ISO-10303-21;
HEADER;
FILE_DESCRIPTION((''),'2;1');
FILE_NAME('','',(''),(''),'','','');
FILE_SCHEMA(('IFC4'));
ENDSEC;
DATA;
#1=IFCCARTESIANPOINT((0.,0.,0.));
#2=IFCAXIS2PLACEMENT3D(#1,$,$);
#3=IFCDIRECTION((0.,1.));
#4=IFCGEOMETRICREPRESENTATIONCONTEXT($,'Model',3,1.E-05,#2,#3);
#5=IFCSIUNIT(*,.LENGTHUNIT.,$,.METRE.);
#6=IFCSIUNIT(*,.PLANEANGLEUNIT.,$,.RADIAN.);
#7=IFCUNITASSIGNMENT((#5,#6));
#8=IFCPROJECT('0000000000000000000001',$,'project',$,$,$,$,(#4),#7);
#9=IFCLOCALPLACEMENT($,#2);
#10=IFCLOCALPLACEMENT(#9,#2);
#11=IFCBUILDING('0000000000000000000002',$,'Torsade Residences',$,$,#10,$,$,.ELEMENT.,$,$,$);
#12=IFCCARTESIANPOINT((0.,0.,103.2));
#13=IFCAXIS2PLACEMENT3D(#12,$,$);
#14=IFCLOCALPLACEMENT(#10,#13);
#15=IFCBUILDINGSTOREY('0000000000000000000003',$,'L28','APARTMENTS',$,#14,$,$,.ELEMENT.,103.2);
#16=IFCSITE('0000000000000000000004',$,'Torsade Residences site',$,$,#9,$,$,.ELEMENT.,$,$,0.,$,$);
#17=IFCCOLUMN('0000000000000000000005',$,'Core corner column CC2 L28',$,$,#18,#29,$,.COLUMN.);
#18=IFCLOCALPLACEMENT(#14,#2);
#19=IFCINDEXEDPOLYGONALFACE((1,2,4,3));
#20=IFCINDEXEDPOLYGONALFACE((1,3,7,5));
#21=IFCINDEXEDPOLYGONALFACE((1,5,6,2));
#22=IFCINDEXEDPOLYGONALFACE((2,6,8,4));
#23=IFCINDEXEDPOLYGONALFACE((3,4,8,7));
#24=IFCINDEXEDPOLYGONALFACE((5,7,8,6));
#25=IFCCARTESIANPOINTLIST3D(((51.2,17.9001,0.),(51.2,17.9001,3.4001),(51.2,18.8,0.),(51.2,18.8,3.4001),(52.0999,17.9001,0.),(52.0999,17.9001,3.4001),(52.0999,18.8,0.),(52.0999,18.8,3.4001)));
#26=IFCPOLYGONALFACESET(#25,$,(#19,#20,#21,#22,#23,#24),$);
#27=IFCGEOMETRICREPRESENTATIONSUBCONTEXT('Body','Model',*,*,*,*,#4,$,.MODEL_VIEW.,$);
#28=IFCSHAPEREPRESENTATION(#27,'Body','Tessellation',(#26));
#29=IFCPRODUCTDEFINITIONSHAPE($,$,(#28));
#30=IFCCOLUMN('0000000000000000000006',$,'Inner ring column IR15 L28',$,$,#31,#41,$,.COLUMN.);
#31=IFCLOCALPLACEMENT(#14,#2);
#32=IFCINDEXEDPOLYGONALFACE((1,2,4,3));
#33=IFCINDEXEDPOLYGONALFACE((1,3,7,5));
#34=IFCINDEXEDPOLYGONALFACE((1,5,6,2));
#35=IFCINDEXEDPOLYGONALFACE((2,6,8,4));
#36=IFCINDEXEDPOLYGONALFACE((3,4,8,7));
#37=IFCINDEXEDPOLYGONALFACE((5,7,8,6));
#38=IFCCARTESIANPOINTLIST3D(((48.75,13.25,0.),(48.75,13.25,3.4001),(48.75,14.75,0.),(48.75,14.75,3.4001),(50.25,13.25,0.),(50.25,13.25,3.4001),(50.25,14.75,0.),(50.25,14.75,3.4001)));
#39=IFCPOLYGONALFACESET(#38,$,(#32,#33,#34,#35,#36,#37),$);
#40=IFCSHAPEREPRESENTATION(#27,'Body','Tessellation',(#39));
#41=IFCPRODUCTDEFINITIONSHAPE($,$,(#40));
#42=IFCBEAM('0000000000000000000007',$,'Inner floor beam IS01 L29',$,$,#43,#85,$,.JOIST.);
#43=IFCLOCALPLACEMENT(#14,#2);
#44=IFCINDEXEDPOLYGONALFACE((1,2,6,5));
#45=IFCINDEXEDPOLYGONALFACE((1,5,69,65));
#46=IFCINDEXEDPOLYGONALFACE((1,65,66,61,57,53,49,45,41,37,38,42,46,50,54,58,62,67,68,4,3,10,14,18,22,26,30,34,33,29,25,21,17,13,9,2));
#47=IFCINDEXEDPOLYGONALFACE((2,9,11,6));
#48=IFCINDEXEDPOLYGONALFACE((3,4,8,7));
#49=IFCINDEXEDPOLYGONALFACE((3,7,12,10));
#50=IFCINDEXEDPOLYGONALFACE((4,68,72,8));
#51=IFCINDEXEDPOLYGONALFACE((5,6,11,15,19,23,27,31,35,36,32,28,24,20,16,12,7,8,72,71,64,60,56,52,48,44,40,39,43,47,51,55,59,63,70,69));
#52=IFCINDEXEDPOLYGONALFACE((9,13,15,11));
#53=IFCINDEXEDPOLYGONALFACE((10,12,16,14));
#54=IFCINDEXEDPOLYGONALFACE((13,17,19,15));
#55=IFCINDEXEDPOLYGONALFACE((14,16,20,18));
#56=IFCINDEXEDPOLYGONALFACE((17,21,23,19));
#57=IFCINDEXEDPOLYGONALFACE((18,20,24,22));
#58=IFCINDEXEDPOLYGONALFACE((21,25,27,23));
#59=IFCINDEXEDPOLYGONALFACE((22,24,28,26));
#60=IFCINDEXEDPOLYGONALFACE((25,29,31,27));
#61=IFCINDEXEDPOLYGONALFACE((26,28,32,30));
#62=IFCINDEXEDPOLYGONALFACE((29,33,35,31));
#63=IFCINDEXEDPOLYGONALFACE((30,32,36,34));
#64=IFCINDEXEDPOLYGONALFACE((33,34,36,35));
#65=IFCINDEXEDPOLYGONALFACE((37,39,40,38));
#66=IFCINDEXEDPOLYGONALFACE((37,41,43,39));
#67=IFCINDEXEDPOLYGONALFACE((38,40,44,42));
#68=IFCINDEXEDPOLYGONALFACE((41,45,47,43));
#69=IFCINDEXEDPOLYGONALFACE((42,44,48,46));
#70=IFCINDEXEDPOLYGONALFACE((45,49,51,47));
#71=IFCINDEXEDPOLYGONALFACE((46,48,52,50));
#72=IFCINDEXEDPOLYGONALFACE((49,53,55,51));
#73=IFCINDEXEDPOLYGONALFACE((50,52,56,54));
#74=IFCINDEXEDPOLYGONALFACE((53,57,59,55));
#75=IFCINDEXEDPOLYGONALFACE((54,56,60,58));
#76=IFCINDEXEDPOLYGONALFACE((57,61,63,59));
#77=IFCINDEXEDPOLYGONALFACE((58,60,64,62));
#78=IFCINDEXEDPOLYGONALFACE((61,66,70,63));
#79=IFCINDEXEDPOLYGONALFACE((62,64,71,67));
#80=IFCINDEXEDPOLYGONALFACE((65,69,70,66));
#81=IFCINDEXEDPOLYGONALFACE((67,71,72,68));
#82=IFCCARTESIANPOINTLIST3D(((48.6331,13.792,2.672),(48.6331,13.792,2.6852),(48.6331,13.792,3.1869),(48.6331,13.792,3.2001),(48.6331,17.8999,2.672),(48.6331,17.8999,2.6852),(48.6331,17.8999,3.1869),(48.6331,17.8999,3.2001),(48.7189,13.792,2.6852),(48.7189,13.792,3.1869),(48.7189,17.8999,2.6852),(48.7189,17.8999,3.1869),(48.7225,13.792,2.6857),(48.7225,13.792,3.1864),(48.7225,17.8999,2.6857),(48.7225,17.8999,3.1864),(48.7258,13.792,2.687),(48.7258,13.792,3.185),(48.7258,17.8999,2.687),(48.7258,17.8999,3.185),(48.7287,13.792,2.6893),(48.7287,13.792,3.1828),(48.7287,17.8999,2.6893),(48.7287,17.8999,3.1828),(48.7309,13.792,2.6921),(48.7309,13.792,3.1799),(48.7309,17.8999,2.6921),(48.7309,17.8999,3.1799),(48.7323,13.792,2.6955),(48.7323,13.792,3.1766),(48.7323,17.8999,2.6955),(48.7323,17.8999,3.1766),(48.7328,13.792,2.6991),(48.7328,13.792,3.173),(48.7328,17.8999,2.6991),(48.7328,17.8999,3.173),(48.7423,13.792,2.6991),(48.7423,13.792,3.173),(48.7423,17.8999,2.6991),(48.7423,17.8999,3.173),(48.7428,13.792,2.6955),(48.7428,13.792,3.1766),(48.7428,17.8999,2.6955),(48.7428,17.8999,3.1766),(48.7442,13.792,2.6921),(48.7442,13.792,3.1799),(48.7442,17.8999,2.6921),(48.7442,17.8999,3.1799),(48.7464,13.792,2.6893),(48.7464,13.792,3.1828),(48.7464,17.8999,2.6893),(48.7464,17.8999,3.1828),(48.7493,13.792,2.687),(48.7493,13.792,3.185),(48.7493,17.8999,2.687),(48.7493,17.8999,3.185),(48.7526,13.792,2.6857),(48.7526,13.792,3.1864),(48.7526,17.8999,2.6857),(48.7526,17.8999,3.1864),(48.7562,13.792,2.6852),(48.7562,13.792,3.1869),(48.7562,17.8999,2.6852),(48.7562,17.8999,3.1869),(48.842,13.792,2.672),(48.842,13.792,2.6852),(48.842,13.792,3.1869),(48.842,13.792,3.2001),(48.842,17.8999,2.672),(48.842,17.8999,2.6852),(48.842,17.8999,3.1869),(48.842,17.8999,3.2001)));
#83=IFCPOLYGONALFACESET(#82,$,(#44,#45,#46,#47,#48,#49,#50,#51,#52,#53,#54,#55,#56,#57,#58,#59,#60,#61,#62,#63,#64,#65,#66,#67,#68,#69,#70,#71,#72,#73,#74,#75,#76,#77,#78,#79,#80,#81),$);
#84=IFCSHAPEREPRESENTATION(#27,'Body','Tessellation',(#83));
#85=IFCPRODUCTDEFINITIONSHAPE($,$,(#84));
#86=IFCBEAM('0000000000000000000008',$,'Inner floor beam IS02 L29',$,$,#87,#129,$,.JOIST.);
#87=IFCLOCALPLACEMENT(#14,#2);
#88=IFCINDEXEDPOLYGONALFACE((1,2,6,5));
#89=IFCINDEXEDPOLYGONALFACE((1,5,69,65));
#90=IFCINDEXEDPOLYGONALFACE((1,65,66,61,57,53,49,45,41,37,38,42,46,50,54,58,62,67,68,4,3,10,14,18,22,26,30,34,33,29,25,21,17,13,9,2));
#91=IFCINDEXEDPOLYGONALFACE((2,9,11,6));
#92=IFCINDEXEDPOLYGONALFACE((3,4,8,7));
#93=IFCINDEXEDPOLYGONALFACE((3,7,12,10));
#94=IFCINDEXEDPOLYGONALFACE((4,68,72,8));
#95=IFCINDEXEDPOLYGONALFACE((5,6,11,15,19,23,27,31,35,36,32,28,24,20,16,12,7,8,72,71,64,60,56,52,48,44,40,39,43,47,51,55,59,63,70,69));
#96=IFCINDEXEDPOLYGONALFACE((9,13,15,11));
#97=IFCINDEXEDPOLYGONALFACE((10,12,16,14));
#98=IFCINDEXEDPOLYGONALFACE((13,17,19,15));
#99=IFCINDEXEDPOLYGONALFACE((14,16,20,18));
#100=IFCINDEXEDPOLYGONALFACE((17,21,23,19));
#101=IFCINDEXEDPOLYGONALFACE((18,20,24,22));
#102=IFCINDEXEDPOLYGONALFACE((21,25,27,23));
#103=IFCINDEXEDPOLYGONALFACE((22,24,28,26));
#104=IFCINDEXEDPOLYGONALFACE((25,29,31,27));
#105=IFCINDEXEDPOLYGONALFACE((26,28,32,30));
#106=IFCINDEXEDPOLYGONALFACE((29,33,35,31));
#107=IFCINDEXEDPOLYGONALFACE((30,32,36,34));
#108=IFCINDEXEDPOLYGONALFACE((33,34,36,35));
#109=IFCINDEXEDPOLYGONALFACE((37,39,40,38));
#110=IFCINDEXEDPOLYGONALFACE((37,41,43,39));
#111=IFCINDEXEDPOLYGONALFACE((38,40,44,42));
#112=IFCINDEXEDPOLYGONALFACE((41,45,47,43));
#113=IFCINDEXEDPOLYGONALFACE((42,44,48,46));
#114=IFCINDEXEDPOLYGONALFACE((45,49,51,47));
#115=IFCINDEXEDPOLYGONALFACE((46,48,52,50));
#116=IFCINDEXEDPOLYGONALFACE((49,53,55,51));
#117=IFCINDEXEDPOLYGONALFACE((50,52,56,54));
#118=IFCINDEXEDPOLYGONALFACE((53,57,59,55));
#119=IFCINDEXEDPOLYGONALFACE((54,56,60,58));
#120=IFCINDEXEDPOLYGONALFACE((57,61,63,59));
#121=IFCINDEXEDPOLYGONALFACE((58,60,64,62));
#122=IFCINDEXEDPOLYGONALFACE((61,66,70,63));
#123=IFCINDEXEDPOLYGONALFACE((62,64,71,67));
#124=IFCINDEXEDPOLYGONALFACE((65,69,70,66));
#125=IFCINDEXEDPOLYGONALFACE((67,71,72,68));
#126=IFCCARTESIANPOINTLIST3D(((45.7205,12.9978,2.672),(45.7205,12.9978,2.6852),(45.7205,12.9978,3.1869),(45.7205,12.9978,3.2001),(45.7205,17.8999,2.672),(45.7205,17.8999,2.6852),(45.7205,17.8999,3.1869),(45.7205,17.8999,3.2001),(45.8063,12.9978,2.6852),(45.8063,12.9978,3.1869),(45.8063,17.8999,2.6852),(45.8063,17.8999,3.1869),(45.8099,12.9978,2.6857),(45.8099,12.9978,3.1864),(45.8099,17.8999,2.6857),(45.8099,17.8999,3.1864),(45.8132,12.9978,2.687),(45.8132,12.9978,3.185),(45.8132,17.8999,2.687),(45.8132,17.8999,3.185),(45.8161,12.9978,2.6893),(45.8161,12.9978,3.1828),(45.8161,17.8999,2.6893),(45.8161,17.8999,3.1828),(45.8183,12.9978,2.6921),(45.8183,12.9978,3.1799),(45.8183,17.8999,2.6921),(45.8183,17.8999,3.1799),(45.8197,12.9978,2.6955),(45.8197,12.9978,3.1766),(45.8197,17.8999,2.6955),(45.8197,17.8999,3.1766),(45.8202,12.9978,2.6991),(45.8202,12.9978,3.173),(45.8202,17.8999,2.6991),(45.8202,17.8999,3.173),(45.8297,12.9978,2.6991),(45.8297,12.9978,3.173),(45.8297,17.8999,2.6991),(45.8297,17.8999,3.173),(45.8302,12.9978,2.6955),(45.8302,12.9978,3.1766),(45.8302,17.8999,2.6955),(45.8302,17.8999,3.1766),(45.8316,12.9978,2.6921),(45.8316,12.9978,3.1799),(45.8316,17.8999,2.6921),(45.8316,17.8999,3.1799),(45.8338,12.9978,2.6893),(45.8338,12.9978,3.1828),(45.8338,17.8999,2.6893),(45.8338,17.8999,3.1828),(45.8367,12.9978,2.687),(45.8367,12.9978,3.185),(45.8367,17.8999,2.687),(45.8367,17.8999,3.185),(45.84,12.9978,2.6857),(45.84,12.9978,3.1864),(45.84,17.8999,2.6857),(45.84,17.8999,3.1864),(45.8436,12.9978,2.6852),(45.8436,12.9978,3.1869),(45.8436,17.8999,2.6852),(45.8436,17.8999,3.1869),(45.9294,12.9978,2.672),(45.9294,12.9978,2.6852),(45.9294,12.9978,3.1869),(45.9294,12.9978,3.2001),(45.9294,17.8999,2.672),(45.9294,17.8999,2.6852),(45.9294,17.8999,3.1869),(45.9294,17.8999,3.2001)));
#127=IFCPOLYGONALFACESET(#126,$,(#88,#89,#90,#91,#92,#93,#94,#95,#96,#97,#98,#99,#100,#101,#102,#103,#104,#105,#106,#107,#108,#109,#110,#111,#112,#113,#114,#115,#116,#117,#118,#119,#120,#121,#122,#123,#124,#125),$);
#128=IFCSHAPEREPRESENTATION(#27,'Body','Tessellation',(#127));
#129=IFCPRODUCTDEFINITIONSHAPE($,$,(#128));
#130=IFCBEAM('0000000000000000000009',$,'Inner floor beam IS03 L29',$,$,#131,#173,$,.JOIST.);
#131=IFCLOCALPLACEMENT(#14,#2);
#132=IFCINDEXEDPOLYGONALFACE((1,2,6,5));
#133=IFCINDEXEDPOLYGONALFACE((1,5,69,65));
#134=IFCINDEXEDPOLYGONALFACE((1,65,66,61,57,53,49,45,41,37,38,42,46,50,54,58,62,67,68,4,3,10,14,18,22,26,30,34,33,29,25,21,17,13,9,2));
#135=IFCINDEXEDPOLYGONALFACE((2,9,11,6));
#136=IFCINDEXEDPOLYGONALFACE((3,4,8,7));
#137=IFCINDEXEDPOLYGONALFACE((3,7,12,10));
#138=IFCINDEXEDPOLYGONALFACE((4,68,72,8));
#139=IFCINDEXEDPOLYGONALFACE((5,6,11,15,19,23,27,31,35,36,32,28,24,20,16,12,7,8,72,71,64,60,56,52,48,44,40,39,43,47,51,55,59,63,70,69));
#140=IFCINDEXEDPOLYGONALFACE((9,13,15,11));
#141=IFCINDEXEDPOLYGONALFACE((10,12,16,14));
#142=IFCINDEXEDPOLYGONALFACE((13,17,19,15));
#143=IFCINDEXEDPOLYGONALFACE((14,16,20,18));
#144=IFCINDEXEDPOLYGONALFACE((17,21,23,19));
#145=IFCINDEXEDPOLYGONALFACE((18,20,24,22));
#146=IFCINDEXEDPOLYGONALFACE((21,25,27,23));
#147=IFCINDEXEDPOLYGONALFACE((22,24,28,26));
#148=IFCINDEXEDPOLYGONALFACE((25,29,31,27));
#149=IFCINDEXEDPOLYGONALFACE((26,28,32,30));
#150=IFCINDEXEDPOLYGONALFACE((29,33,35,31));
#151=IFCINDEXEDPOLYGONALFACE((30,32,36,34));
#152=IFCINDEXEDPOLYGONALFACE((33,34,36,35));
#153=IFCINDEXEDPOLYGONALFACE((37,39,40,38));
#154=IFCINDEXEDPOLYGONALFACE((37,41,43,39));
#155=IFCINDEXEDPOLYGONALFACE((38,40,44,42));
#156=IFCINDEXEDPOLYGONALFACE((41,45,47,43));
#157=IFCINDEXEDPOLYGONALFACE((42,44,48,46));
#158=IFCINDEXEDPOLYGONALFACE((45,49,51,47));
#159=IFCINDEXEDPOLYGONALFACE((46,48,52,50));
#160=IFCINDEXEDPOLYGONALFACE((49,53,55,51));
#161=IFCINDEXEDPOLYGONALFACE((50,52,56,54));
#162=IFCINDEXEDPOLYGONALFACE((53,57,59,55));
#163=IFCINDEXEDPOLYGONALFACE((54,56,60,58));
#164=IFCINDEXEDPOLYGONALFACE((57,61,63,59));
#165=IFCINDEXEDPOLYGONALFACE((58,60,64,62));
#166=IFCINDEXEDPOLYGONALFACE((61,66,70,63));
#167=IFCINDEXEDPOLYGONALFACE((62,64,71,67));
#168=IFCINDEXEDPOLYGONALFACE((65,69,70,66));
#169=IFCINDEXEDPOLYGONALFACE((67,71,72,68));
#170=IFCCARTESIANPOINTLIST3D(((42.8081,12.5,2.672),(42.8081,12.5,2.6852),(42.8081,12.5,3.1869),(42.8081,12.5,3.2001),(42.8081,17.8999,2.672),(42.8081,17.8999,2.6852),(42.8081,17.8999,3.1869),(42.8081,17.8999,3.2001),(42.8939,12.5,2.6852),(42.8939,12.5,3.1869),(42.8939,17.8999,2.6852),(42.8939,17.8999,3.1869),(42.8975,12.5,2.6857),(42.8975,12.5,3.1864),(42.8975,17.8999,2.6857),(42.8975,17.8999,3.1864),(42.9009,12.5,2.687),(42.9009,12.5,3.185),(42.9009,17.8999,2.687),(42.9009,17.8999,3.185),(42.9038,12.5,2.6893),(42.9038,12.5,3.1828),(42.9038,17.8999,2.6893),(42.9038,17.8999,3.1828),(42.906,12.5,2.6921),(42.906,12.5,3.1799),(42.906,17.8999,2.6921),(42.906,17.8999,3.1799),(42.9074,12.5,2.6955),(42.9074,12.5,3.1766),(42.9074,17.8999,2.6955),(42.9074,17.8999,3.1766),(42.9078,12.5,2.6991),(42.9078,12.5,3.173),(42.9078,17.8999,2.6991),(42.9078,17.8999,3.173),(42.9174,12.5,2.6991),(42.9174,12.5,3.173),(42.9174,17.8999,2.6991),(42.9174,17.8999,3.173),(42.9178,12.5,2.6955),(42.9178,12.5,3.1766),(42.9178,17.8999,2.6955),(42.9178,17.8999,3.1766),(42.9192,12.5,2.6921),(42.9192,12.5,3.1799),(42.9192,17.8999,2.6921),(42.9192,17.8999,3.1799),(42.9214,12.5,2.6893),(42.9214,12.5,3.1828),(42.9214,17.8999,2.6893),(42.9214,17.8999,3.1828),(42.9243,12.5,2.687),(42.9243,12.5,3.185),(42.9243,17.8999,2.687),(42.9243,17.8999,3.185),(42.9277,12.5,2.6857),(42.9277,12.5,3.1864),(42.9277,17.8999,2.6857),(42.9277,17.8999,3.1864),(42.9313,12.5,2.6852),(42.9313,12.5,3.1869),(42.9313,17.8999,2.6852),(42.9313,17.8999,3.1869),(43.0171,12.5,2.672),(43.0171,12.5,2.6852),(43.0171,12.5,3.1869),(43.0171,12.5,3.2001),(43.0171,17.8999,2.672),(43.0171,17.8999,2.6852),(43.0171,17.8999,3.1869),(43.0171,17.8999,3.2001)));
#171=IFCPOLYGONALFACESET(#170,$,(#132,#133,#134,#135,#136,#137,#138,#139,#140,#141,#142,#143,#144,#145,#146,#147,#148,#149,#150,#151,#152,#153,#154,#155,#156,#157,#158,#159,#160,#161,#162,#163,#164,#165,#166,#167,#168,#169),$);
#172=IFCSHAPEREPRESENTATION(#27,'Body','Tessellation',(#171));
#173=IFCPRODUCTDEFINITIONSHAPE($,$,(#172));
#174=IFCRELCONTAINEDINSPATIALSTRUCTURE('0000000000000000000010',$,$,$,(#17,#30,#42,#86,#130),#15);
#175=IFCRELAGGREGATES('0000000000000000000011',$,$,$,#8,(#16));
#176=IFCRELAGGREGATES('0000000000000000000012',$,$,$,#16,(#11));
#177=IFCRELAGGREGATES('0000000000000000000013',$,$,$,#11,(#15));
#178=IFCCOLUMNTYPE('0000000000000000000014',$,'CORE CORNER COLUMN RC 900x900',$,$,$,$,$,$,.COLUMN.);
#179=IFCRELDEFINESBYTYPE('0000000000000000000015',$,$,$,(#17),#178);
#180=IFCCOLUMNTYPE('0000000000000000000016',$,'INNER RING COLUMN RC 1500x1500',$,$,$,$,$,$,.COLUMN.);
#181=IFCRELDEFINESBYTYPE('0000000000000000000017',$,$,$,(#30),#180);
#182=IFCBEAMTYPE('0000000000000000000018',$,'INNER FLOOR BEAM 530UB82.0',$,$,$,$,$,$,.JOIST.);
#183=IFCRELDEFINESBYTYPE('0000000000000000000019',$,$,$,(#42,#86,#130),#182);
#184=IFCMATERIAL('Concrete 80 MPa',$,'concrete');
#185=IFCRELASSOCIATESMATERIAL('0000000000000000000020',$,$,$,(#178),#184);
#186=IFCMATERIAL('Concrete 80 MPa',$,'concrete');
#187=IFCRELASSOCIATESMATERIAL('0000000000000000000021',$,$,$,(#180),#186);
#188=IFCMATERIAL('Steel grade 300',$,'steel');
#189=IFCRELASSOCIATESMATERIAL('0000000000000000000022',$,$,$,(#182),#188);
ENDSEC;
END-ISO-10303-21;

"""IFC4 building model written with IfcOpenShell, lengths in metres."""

from ifc_helpers import new_model, si_unit, direction, frame, origin, origin_2d, place, context, subcontext, project, spatial, rectangle, i_section, extrude, material, material_profile, profile_set, type_object, element, save


model = new_model("IFC4")

# Units and contexts
model_context = context("Model", 3, precision=1e-05, world=origin(), true_north=direction((0.0, 1.0)))
body_context = subcontext(model_context, "Body", "Model", "MODEL_VIEW")
ifc_project = project(units=[si_unit("LENGTHUNIT", "METRE"), si_unit("PLANEANGLEUNIT", "RADIAN")], contexts=[model_context])

# Site, building, storey
site_placement = place(None, origin())
site = spatial("IfcSite", under=ifc_project, at=site_placement, Name="Torsade Residences site", CompositionType="ELEMENT", RefElevation=0.0)
building_placement = place(site_placement, origin())
building = spatial("IfcBuilding", under=site, at=building_placement, Name="Torsade Residences", CompositionType="ELEMENT")
storey_placement = place(building_placement, frame((0.0, 0.0, 103.2)))
storey = spatial("IfcBuildingStorey", under=building, at=storey_placement, Name="L28", Description="APARTMENTS", CompositionType="ELEMENT", Elevation=103.2)

# Columns
ifc_material_1 = material(Name="Concrete 80 MPa", Category="concrete")
ifc_material_profile_1 = material_profile(ifc_material_1, rectangle(XDim=0.8999, YDim=0.8999, at=origin_2d()), Name="RC 900x900")
ifc_profile_set_1 = profile_set([ifc_material_profile_1], Name="Concrete 80 MPa")
column_type_1 = type_object("IfcColumnType", Name="CORE CORNER COLUMN RC 900x900", PredefinedType="COLUMN", material=ifc_profile_set_1)
column_1_placement = place(storey_placement, frame((51.6499, 18.3501, 0.0), z_axis=(0.0, 0.0, 1.0), x_axis=(1.0, 0.0, 0.0)))
element("IfcColumn", 1, at=column_1_placement, inside=storey, type_object=column_type_1, Name="Core corner column CC2 L28", PredefinedType="COLUMN", context=body_context, shape_type="SweptSolid", body=[
    extrude(rectangle(XDim=0.8999, YDim=0.8999, at=origin_2d()), origin(), (0.0, 0.0, 1.0), 3.4001),
])
ifc_material_2 = material(Name="Concrete 80 MPa", Category="concrete")
ifc_material_profile_2 = material_profile(ifc_material_2, rectangle(XDim=1.5, YDim=1.5, at=origin_2d()), Name="RC 1500x1500")
ifc_profile_set_2 = profile_set([ifc_material_profile_2], Name="Concrete 80 MPa")
column_type_2 = type_object("IfcColumnType", Name="INNER RING COLUMN RC 1500x1500", PredefinedType="COLUMN", material=ifc_profile_set_2)
column_2_placement = place(storey_placement, frame((49.5, 14.0, 0.0), z_axis=(0.0, 0.0, 1.0), x_axis=(1.0, 0.0, 0.0)))
element("IfcColumn", 2, at=column_2_placement, inside=storey, type_object=column_type_2, Name="Inner ring column IR15 L28", PredefinedType="COLUMN", context=body_context, shape_type="SweptSolid", body=[
    extrude(rectangle(XDim=1.5, YDim=1.5, at=origin_2d()), origin(), (0.0, 0.0, 1.0), 3.4001),
])

# Beams
ifc_material_3 = material(Name="Steel grade 300", Category="steel")
ifc_material_profile_3 = material_profile(ifc_material_3, i_section(OverallWidth=0.209, OverallDepth=0.5281, WebThickness=0.0095, FlangeThickness=0.0132, FilletRadius=0.0139, at=origin_2d()), Name="530UB82.0")
ifc_profile_set_3 = profile_set([ifc_material_profile_3], Name="Steel grade 300")
beam_type_1 = type_object("IfcBeamType", Name="INNER FLOOR BEAM 530UB82.0", PredefinedType="JOIST", material=ifc_profile_set_3)
beam_1_placement = place(storey_placement, frame((48.7375, 17.8999, 2.936), z_axis=(0.0, -1.0, 0.0), x_axis=(1.0, 0.0, 0.0)))
element("IfcBeam", 3, at=beam_1_placement, inside=storey, type_object=beam_type_1, Name="Inner floor beam IS01 L29", PredefinedType="JOIST", context=body_context, shape_type="SweptSolid", body=[
    extrude(i_section(OverallWidth=0.209, OverallDepth=0.5281, WebThickness=0.0095, FlangeThickness=0.0132, FilletRadius=0.0139, at=origin_2d()), origin(), (0.0, 0.0, 1.0), 4.1079),
])
beam_2_placement = place(storey_placement, frame((45.825, 17.8999, 2.936), z_axis=(0.0, -1.0, 0.0), x_axis=(1.0, 0.0, 0.0)))
element("IfcBeam", 4, at=beam_2_placement, inside=storey, type_object=beam_type_1, Name="Inner floor beam IS02 L29", PredefinedType="JOIST", context=body_context, shape_type="SweptSolid", body=[
    extrude(i_section(OverallWidth=0.209, OverallDepth=0.5281, WebThickness=0.0095, FlangeThickness=0.0132, FilletRadius=0.0139, at=origin_2d()), origin(), (0.0, 0.0, 1.0), 4.9021),
])
for number, where, z_axis, x_axis, name in (
    (5, (42.9126, 17.8999, 2.936), (0.0, -1.0, 0.0), (1.0, 0.0, 0.0), "Inner floor beam IS03 L29"),
):
    element("IfcBeam", number, at=place(storey_placement, frame(where, z_axis=z_axis, x_axis=x_axis)), inside=storey, type_object=beam_type_1, Name=name, PredefinedType="JOIST", context=body_context, shape_type="SweptSolid", body=[
        extrude(i_section(OverallWidth=0.209, OverallDepth=0.5281, WebThickness=0.0095, FlangeThickness=0.0132, FilletRadius=0.0139, at=origin_2d()), origin(), (0.0, 0.0, 1.0), 5.3999),
    ])

save(model, "model.ifc")
